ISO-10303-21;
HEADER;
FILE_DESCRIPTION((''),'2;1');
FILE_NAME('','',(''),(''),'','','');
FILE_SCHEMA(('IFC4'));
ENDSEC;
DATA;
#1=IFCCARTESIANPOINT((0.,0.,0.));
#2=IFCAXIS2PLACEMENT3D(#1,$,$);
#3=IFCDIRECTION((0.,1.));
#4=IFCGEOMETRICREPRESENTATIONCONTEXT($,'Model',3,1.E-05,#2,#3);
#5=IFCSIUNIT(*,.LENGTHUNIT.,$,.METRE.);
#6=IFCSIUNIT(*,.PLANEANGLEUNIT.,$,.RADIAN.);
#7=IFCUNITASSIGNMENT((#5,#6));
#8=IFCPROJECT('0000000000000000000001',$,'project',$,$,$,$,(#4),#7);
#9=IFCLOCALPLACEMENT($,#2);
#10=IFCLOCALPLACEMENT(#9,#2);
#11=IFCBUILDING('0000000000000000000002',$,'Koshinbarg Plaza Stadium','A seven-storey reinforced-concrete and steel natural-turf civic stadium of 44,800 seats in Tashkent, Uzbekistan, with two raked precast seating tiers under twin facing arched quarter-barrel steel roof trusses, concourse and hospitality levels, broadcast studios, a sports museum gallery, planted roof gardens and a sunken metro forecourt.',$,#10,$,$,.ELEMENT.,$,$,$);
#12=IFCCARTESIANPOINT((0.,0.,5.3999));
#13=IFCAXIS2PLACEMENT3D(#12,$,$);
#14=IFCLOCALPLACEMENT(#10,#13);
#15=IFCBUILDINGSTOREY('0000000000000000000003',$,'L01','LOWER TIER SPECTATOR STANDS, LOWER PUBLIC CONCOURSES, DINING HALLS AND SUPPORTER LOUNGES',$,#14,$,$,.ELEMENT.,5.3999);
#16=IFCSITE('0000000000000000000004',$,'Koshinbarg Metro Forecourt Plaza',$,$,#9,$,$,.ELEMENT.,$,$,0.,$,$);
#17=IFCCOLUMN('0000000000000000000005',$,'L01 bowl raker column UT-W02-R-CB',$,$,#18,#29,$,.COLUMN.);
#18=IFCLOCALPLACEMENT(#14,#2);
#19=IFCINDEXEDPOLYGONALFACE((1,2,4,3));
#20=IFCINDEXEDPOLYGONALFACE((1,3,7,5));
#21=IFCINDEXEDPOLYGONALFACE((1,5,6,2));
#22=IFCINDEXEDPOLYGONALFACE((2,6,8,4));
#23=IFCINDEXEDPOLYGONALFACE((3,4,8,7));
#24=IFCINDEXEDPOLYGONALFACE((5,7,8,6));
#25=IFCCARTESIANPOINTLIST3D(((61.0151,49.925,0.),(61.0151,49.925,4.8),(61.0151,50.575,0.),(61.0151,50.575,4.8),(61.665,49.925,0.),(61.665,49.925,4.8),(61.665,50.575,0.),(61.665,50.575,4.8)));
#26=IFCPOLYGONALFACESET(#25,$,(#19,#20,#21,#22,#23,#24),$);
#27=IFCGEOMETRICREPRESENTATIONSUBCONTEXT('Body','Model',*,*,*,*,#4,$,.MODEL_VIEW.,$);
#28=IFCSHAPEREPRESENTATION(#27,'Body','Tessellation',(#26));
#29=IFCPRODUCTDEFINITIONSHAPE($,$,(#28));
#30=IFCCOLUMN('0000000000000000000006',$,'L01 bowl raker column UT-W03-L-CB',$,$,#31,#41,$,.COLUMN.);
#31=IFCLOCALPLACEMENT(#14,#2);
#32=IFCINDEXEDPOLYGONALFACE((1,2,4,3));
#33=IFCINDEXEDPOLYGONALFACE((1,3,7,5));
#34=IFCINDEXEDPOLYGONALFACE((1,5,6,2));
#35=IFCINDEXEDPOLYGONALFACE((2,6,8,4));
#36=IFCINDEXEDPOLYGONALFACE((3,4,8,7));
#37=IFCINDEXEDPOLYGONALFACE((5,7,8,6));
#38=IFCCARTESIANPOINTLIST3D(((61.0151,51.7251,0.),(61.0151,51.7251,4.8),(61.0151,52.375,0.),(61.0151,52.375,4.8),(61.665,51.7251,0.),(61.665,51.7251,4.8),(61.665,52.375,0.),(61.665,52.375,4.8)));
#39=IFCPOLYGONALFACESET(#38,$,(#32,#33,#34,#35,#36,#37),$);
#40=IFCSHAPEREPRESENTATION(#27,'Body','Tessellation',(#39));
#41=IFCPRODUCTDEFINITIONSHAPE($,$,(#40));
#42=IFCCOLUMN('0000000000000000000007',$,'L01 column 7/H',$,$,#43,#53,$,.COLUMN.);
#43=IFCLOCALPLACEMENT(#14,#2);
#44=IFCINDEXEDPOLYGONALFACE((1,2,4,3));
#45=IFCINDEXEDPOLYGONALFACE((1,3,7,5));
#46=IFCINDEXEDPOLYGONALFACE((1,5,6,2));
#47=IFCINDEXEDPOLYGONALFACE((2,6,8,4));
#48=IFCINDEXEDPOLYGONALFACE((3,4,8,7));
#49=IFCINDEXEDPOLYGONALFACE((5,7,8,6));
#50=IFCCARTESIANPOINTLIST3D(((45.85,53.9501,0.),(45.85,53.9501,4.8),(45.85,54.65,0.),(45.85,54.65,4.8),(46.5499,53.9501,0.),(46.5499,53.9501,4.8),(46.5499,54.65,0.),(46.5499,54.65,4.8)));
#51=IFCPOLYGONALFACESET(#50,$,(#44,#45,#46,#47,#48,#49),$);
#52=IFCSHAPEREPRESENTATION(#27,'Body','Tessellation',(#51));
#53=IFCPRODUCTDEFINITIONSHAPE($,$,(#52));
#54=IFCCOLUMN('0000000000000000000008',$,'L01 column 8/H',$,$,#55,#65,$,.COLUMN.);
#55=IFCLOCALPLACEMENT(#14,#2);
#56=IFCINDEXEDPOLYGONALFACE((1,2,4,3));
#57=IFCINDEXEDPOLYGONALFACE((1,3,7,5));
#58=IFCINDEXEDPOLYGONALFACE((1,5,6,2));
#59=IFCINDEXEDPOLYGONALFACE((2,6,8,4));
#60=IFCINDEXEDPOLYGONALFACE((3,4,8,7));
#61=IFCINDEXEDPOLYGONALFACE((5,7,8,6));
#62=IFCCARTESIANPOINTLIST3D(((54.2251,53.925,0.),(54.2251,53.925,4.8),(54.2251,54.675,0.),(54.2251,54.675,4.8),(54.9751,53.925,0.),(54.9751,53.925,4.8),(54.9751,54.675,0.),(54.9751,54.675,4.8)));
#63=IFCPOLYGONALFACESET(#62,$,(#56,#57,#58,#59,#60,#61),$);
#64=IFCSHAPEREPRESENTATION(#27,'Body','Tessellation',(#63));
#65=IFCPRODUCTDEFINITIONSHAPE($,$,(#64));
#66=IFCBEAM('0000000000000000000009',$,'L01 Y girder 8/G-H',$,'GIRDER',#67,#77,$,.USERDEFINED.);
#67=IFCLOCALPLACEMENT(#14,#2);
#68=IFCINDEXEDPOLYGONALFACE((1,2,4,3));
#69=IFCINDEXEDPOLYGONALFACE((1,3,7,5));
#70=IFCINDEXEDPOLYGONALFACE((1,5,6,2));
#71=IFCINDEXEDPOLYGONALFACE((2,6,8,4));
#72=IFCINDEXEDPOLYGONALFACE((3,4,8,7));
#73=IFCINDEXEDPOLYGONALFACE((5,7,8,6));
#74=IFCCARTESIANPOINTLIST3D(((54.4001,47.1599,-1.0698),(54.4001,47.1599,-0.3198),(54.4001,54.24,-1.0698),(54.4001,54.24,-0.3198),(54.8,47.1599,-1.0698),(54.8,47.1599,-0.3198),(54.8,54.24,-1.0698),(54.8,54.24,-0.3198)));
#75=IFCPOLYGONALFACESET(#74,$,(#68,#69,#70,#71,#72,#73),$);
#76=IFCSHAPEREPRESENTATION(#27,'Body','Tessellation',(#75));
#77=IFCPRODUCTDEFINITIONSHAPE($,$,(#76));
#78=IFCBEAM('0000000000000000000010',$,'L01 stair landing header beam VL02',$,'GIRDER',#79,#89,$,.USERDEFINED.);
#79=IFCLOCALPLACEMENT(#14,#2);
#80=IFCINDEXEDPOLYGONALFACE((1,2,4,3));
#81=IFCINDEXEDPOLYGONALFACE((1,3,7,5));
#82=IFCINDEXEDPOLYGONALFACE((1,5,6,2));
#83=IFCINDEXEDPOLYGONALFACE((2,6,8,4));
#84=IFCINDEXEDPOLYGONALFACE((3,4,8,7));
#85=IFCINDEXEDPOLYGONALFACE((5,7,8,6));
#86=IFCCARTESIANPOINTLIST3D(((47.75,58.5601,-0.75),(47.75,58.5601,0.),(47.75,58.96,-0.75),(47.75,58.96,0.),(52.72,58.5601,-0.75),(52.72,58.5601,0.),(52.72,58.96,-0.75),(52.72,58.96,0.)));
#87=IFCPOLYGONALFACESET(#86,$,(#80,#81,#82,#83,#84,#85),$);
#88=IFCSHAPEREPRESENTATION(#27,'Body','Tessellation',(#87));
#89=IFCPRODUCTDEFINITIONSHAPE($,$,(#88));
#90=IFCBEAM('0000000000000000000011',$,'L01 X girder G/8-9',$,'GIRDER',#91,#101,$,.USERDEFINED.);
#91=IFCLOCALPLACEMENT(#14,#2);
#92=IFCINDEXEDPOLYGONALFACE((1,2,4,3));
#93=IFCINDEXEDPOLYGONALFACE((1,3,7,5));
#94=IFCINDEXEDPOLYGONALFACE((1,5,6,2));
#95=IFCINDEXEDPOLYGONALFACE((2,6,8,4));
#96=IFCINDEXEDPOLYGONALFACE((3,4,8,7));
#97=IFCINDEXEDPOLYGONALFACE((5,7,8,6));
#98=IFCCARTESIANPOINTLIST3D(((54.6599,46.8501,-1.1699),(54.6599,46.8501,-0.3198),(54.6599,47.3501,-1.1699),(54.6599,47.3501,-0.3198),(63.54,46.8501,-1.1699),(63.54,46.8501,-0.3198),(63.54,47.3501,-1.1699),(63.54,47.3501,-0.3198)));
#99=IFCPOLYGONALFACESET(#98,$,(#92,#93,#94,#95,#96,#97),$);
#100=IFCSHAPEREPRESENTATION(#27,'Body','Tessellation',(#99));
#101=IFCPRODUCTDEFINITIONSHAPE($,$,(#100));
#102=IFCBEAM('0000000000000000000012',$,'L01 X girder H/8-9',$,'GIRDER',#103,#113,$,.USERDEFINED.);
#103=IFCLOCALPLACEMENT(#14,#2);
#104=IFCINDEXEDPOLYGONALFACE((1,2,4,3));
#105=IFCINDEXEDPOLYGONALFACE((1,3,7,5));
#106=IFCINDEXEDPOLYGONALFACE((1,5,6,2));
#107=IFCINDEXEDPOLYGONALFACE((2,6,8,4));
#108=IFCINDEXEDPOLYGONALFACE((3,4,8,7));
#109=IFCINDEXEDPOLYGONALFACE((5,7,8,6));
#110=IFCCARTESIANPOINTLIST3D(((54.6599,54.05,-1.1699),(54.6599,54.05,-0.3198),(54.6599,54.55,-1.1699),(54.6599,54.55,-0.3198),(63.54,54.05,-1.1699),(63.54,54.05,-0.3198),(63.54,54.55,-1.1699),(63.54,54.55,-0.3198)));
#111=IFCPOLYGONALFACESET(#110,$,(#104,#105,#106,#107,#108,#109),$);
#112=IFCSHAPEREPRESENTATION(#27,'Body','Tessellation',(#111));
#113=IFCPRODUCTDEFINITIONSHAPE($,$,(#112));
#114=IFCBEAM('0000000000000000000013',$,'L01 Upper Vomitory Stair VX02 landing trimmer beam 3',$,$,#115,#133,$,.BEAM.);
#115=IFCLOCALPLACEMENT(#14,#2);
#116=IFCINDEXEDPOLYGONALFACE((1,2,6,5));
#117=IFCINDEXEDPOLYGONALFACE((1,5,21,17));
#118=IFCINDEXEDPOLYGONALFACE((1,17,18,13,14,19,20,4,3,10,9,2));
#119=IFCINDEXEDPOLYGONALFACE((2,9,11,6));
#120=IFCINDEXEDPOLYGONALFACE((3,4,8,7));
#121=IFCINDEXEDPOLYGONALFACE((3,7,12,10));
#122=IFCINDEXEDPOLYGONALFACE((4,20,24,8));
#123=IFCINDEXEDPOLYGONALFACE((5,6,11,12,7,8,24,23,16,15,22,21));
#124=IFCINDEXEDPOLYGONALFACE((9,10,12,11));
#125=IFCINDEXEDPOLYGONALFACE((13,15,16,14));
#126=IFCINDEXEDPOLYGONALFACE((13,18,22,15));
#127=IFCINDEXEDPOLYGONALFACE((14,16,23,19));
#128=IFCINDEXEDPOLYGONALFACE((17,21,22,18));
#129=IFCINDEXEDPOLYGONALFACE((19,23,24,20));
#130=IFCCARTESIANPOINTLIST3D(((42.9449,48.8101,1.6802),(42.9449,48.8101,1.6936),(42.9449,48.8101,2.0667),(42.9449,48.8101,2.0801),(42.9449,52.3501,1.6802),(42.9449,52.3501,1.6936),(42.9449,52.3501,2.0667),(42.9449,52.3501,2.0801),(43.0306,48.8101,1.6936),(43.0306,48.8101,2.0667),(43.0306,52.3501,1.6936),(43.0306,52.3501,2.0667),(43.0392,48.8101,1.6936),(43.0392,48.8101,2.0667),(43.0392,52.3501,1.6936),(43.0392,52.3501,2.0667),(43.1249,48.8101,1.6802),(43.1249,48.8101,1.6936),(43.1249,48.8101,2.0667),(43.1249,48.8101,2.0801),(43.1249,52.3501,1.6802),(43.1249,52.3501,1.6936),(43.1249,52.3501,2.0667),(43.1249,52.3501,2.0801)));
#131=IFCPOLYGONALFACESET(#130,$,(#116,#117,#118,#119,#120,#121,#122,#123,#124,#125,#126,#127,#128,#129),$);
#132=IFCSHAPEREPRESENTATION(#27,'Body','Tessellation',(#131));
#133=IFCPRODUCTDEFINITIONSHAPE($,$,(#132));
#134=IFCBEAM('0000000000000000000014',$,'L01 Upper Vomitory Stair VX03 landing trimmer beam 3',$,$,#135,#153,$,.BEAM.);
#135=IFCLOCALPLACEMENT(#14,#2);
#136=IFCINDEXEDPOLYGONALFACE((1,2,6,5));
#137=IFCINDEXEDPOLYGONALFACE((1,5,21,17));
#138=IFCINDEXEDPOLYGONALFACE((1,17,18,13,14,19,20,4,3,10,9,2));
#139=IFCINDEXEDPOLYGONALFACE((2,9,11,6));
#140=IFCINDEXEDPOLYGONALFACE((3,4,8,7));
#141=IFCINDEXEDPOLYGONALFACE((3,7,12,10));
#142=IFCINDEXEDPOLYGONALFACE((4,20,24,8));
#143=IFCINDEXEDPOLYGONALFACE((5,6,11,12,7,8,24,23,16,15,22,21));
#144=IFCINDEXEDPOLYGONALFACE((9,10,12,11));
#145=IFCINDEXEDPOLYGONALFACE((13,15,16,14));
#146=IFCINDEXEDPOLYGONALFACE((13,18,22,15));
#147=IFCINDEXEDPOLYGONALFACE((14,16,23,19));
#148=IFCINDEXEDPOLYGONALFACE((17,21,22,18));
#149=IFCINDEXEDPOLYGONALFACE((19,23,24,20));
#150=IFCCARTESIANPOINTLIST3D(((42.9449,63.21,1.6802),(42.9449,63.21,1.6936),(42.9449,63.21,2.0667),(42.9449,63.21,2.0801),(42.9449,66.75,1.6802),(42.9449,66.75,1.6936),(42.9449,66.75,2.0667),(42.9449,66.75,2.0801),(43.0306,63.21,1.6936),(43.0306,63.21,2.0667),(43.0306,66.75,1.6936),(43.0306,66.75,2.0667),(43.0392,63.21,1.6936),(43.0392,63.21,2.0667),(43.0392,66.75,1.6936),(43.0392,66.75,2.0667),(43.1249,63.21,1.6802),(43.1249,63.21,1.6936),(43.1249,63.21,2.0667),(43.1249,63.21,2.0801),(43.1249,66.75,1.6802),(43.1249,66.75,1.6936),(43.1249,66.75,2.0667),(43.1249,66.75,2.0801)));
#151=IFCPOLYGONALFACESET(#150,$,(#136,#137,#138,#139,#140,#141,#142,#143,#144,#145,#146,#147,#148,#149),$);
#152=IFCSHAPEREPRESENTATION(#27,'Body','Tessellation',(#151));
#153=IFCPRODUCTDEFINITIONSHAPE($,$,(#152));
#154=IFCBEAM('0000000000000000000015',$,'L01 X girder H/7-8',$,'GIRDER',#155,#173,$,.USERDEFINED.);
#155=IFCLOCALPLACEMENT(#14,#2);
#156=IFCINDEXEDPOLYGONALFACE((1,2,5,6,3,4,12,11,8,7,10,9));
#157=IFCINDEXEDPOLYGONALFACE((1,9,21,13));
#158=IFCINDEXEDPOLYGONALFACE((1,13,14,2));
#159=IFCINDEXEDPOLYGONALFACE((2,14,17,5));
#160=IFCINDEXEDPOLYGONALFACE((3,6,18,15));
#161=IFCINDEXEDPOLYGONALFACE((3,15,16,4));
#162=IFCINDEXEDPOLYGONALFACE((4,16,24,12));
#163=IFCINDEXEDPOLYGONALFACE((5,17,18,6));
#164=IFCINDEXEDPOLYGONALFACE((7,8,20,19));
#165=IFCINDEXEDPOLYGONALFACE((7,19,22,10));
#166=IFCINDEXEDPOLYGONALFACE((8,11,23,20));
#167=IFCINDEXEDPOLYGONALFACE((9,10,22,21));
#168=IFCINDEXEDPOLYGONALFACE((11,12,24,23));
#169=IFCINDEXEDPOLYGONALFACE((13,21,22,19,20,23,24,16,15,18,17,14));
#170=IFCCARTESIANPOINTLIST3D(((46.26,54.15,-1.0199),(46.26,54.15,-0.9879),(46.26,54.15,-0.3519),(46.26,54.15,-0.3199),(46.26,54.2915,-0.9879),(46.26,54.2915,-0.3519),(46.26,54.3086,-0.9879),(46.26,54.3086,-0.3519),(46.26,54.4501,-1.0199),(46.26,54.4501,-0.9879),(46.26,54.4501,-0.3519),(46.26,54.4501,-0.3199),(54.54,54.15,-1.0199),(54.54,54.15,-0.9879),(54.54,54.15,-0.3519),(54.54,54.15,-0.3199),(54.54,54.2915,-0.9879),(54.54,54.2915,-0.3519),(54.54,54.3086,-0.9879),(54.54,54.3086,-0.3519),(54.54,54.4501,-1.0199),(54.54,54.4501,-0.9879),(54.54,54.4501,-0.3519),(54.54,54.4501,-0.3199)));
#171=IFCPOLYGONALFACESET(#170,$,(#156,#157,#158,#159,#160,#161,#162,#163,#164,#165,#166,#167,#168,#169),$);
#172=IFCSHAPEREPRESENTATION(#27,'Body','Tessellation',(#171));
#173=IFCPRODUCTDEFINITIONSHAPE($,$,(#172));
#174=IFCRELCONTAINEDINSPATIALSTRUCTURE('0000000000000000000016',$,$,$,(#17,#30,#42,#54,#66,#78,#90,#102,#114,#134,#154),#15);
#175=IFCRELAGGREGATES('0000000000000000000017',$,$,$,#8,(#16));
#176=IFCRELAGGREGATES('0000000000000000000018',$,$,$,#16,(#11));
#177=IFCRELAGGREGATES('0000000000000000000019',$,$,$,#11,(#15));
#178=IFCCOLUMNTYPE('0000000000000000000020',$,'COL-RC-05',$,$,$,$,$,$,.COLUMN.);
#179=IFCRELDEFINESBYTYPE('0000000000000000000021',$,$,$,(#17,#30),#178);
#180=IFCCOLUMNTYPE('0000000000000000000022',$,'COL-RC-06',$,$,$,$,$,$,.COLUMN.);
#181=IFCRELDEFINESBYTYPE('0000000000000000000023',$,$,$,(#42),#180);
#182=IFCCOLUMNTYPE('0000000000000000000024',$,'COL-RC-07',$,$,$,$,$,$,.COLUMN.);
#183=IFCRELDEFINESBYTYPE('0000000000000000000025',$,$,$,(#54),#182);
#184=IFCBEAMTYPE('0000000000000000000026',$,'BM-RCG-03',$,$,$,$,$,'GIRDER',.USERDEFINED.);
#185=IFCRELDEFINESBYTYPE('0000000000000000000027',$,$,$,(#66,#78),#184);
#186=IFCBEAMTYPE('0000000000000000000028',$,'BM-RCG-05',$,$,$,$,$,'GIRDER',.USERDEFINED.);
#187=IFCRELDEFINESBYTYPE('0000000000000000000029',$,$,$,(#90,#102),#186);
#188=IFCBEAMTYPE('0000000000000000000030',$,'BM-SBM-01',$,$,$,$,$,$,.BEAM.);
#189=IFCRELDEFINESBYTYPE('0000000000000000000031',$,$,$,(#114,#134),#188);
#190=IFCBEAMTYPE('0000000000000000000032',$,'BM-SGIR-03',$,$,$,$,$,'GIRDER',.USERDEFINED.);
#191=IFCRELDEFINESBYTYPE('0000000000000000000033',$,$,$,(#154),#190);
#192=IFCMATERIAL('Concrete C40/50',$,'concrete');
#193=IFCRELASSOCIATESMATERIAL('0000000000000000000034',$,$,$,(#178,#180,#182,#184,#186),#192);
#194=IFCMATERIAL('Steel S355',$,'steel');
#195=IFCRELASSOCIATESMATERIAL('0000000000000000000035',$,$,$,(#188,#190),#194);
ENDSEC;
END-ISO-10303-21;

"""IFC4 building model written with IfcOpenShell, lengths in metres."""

from ifc_helpers import new_model, si_unit, direction, frame, origin, origin_2d, place, context, subcontext, project, spatial, rectangle, i_section, extrude, material, material_profile, profile_set, type_object, element, save


model = new_model("IFC4")

# Units and contexts
model_context = context("Model", 3, precision=1e-05, world=origin(), true_north=direction((0.0, 1.0)))
body_context = subcontext(model_context, "Body", "Model", "MODEL_VIEW")
ifc_project = project(units=[si_unit("LENGTHUNIT", "METRE"), si_unit("PLANEANGLEUNIT", "RADIAN")], contexts=[model_context])

# Site, building, storey
site_placement = place(None, origin())
site = spatial("IfcSite", under=ifc_project, at=site_placement, Name="Koshinbarg Metro Forecourt Plaza", CompositionType="ELEMENT", RefElevation=0.0)
building_placement = place(site_placement, origin())
building = spatial("IfcBuilding", under=site, at=building_placement, Name="Koshinbarg Plaza Stadium", Description="A seven-storey reinforced-concrete and steel natural-turf civic stadium of 44,800 seats in Tashkent, Uzbekistan, with two raked precast seating tiers under twin facing arched quarter-barrel steel roof trusses, concourse and hospitality levels, broadcast studios, a sports museum gallery, planted roof gardens and a sunken metro forecourt.", CompositionType="ELEMENT")
storey_placement = place(building_placement, frame((0.0, 0.0, 5.3999)))
storey = spatial("IfcBuildingStorey", under=building, at=storey_placement, Name="L01", Description="LOWER TIER SPECTATOR STANDS, LOWER PUBLIC CONCOURSES, DINING HALLS AND SUPPORTER LOUNGES", CompositionType="ELEMENT", Elevation=5.3999)

# Columns
ifc_material_1 = material(Name="Concrete C40/50", Category="concrete")
ifc_material_profile_1 = material_profile(ifc_material_1, rectangle(XDim=0.6499, YDim=0.6499, at=origin_2d()), Name="RC 650x650")
ifc_profile_set_1 = profile_set([ifc_material_profile_1], Name="Concrete C40/50")
column_type_1 = type_object("IfcColumnType", Name="COL-RC-05", PredefinedType="COLUMN", material=ifc_profile_set_1)
for number, where, z_axis, x_axis, name in (
    (1, (61.3401, 50.25, 0.0), (0.0, 0.0, 1.0), (1.0, 0.0, 0.0), "L01 bowl raker column UT-W02-R-CB"),
    (2, (61.3401, 52.05, 0.0), (0.0, 0.0, 1.0), (1.0, 0.0, 0.0), "L01 bowl raker column UT-W03-L-CB"),
):
    element("IfcColumn", number, at=place(storey_placement, frame(where, z_axis=z_axis, x_axis=x_axis)), inside=storey, type_object=column_type_1, Name=name, PredefinedType="COLUMN", context=body_context, shape_type="SweptSolid", body=[
        extrude(rectangle(XDim=0.6499, YDim=0.6499, at=origin_2d()), origin(), (0.0, 0.0, 1.0), 4.8),
    ])
ifc_material_profile_2 = material_profile(ifc_material_1, rectangle(XDim=0.7, YDim=0.7, at=origin_2d()), Name="RC 700x700")
ifc_profile_set_2 = profile_set([ifc_material_profile_2], Name="Concrete C40/50")
column_type_2 = type_object("IfcColumnType", Name="COL-RC-06", PredefinedType="COLUMN", material=ifc_profile_set_2)
column_1_placement = place(storey_placement, frame((46.2, 54.3, 0.0), z_axis=(0.0, 0.0, 1.0), x_axis=(1.0, 0.0, 0.0)))
element("IfcColumn", 3, at=column_1_placement, inside=storey, type_object=column_type_2, Name="L01 column 7/H", PredefinedType="COLUMN", context=body_context, shape_type="SweptSolid", body=[
    extrude(rectangle(XDim=0.7, YDim=0.7, at=origin_2d()), origin(), (0.0, 0.0, 1.0), 4.8),
])
ifc_material_profile_3 = material_profile(ifc_material_1, rectangle(XDim=0.75, YDim=0.75, at=origin_2d()), Name="RC 750x750")
ifc_profile_set_3 = profile_set([ifc_material_profile_3], Name="Concrete C40/50")
column_type_3 = type_object("IfcColumnType", Name="COL-RC-07", PredefinedType="COLUMN", material=ifc_profile_set_3)
column_2_placement = place(storey_placement, frame((54.6001, 54.3, 0.0), z_axis=(0.0, 0.0, 1.0), x_axis=(1.0, 0.0, 0.0)))
element("IfcColumn", 4, at=column_2_placement, inside=storey, type_object=column_type_3, Name="L01 column 8/H", PredefinedType="COLUMN", context=body_context, shape_type="SweptSolid", body=[
    extrude(rectangle(XDim=0.75, YDim=0.75, at=origin_2d()), origin(), (0.0, 0.0, 1.0), 4.8),
])

# Beams
ifc_material_profile_4 = material_profile(ifc_material_1, rectangle(XDim=0.3999, YDim=0.75, at=origin_2d()), Name="RC 400x750")
ifc_profile_set_4 = profile_set([ifc_material_profile_4], Name="Concrete C40/50")
beam_type_1 = type_object("IfcBeamType", Name="BM-RCG-03", ElementType="GIRDER", PredefinedType="USERDEFINED", material=ifc_profile_set_4)
beam_1_placement = place(storey_placement, frame((54.6001, 47.1599, -0.6948), z_axis=(0.0, 1.0, 0.0), x_axis=(-1.0, 0.0, 0.0)))
element("IfcBeam", 5, at=beam_1_placement, inside=storey, type_object=beam_type_1, Name="L01 Y girder 8/G-H", ObjectType="GIRDER", PredefinedType="USERDEFINED", context=body_context, shape_type="SweptSolid", body=[
    extrude(rectangle(XDim=0.3999, YDim=0.75, at=origin_2d()), origin(), (0.0, 0.0, 1.0), 7.0801),
])
beam_2_placement = place(storey_placement, frame((47.75, 58.76, -0.375), z_axis=(1.0, 0.0, 0.0), x_axis=(0.0, 1.0, 0.0)))
element("IfcBeam", 6, at=beam_2_placement, inside=storey, type_object=beam_type_1, Name="L01 stair landing header beam VL02", ObjectType="GIRDER", PredefinedType="USERDEFINED", context=body_context, shape_type="SweptSolid", body=[
    extrude(rectangle(XDim=0.3999, YDim=0.75, at=origin_2d()), origin(), (0.0, 0.0, 1.0), 4.97),
])
ifc_material_profile_5 = material_profile(ifc_material_1, rectangle(XDim=0.5, YDim=0.8501, at=origin_2d()), Name="RC 500x850")
ifc_profile_set_5 = profile_set([ifc_material_profile_5], Name="Concrete C40/50")
beam_type_2 = type_object("IfcBeamType", Name="BM-RCG-05", ElementType="GIRDER", PredefinedType="USERDEFINED", material=ifc_profile_set_5)
for number, where, z_axis, x_axis, name in (
    (7, (54.6599, 47.1001, -0.7449), (1.0, 0.0, 0.0), (0.0, 1.0, 0.0), "L01 X girder G/8-9"),
    (8, (54.6599, 54.3, -0.7449), (1.0, 0.0, 0.0), (0.0, 1.0, 0.0), "L01 X girder H/8-9"),
):
    element("IfcBeam", number, at=place(storey_placement, frame(where, z_axis=z_axis, x_axis=x_axis)), inside=storey, type_object=beam_type_2, Name=name, ObjectType="GIRDER", PredefinedType="USERDEFINED", context=body_context, shape_type="SweptSolid", body=[
        extrude(rectangle(XDim=0.5, YDim=0.8501, at=origin_2d()), origin(), (0.0, 0.0, 1.0), 8.8801),
    ])
ifc_material_2 = material(Name="Steel S355", Category="steel")
ifc_material_profile_6 = material_profile(ifc_material_2, i_section(OverallWidth=0.1799, OverallDepth=0.3999, WebThickness=0.0085, FlangeThickness=0.0134, at=origin_2d()), Name="IPE 400")
ifc_profile_set_6 = profile_set([ifc_material_profile_6], Name="Steel S355")
beam_type_3 = type_object("IfcBeamType", Name="BM-SBM-01", PredefinedType="BEAM", material=ifc_profile_set_6)
for number, where, z_axis, x_axis, name in (
    (9, (43.0349, 48.8101, 1.8801), (0.0, 1.0, 0.0), (-1.0, 0.0, 0.0), "L01 Upper Vomitory Stair VX02 landing trimmer beam 3"),
    (10, (43.0349, 63.21, 1.8801), (0.0, 1.0, 0.0), (-1.0, 0.0, 0.0), "L01 Upper Vomitory Stair VX03 landing trimmer beam 3"),
):
    element("IfcBeam", number, at=place(storey_placement, frame(where, z_axis=z_axis, x_axis=x_axis)), inside=storey, type_object=beam_type_3, Name=name, PredefinedType="BEAM", context=body_context, shape_type="SweptSolid", body=[
        extrude(i_section(OverallWidth=0.1799, OverallDepth=0.3999, WebThickness=0.0085, FlangeThickness=0.0134, at=origin_2d()), origin(), (0.0, 0.0, 1.0), 3.54),
    ])
ifc_material_profile_7 = material_profile(ifc_material_2, i_section(OverallWidth=0.3, OverallDepth=0.7, WebThickness=0.0171, FlangeThickness=0.032, at=origin_2d()), Name="HEB 700")
ifc_profile_set_7 = profile_set([ifc_material_profile_7], Name="Steel S355")
beam_type_4 = type_object("IfcBeamType", Name="BM-SGIR-03", ElementType="GIRDER", PredefinedType="USERDEFINED", material=ifc_profile_set_7)
beam_3_placement = place(storey_placement, frame((46.26, 54.3, -0.6699), z_axis=(1.0, 0.0, 0.0), x_axis=(0.0, 1.0, 0.0)))
element("IfcBeam", 11, at=beam_3_placement, inside=storey, type_object=beam_type_4, Name="L01 X girder H/7-8", ObjectType="GIRDER", PredefinedType="USERDEFINED", context=body_context, shape_type="SweptSolid", body=[
    extrude(i_section(OverallWidth=0.3, OverallDepth=0.7, WebThickness=0.0171, FlangeThickness=0.032, at=origin_2d()), origin(), (0.0, 0.0, 1.0), 8.28),
])

save(model, "model.ifc")
